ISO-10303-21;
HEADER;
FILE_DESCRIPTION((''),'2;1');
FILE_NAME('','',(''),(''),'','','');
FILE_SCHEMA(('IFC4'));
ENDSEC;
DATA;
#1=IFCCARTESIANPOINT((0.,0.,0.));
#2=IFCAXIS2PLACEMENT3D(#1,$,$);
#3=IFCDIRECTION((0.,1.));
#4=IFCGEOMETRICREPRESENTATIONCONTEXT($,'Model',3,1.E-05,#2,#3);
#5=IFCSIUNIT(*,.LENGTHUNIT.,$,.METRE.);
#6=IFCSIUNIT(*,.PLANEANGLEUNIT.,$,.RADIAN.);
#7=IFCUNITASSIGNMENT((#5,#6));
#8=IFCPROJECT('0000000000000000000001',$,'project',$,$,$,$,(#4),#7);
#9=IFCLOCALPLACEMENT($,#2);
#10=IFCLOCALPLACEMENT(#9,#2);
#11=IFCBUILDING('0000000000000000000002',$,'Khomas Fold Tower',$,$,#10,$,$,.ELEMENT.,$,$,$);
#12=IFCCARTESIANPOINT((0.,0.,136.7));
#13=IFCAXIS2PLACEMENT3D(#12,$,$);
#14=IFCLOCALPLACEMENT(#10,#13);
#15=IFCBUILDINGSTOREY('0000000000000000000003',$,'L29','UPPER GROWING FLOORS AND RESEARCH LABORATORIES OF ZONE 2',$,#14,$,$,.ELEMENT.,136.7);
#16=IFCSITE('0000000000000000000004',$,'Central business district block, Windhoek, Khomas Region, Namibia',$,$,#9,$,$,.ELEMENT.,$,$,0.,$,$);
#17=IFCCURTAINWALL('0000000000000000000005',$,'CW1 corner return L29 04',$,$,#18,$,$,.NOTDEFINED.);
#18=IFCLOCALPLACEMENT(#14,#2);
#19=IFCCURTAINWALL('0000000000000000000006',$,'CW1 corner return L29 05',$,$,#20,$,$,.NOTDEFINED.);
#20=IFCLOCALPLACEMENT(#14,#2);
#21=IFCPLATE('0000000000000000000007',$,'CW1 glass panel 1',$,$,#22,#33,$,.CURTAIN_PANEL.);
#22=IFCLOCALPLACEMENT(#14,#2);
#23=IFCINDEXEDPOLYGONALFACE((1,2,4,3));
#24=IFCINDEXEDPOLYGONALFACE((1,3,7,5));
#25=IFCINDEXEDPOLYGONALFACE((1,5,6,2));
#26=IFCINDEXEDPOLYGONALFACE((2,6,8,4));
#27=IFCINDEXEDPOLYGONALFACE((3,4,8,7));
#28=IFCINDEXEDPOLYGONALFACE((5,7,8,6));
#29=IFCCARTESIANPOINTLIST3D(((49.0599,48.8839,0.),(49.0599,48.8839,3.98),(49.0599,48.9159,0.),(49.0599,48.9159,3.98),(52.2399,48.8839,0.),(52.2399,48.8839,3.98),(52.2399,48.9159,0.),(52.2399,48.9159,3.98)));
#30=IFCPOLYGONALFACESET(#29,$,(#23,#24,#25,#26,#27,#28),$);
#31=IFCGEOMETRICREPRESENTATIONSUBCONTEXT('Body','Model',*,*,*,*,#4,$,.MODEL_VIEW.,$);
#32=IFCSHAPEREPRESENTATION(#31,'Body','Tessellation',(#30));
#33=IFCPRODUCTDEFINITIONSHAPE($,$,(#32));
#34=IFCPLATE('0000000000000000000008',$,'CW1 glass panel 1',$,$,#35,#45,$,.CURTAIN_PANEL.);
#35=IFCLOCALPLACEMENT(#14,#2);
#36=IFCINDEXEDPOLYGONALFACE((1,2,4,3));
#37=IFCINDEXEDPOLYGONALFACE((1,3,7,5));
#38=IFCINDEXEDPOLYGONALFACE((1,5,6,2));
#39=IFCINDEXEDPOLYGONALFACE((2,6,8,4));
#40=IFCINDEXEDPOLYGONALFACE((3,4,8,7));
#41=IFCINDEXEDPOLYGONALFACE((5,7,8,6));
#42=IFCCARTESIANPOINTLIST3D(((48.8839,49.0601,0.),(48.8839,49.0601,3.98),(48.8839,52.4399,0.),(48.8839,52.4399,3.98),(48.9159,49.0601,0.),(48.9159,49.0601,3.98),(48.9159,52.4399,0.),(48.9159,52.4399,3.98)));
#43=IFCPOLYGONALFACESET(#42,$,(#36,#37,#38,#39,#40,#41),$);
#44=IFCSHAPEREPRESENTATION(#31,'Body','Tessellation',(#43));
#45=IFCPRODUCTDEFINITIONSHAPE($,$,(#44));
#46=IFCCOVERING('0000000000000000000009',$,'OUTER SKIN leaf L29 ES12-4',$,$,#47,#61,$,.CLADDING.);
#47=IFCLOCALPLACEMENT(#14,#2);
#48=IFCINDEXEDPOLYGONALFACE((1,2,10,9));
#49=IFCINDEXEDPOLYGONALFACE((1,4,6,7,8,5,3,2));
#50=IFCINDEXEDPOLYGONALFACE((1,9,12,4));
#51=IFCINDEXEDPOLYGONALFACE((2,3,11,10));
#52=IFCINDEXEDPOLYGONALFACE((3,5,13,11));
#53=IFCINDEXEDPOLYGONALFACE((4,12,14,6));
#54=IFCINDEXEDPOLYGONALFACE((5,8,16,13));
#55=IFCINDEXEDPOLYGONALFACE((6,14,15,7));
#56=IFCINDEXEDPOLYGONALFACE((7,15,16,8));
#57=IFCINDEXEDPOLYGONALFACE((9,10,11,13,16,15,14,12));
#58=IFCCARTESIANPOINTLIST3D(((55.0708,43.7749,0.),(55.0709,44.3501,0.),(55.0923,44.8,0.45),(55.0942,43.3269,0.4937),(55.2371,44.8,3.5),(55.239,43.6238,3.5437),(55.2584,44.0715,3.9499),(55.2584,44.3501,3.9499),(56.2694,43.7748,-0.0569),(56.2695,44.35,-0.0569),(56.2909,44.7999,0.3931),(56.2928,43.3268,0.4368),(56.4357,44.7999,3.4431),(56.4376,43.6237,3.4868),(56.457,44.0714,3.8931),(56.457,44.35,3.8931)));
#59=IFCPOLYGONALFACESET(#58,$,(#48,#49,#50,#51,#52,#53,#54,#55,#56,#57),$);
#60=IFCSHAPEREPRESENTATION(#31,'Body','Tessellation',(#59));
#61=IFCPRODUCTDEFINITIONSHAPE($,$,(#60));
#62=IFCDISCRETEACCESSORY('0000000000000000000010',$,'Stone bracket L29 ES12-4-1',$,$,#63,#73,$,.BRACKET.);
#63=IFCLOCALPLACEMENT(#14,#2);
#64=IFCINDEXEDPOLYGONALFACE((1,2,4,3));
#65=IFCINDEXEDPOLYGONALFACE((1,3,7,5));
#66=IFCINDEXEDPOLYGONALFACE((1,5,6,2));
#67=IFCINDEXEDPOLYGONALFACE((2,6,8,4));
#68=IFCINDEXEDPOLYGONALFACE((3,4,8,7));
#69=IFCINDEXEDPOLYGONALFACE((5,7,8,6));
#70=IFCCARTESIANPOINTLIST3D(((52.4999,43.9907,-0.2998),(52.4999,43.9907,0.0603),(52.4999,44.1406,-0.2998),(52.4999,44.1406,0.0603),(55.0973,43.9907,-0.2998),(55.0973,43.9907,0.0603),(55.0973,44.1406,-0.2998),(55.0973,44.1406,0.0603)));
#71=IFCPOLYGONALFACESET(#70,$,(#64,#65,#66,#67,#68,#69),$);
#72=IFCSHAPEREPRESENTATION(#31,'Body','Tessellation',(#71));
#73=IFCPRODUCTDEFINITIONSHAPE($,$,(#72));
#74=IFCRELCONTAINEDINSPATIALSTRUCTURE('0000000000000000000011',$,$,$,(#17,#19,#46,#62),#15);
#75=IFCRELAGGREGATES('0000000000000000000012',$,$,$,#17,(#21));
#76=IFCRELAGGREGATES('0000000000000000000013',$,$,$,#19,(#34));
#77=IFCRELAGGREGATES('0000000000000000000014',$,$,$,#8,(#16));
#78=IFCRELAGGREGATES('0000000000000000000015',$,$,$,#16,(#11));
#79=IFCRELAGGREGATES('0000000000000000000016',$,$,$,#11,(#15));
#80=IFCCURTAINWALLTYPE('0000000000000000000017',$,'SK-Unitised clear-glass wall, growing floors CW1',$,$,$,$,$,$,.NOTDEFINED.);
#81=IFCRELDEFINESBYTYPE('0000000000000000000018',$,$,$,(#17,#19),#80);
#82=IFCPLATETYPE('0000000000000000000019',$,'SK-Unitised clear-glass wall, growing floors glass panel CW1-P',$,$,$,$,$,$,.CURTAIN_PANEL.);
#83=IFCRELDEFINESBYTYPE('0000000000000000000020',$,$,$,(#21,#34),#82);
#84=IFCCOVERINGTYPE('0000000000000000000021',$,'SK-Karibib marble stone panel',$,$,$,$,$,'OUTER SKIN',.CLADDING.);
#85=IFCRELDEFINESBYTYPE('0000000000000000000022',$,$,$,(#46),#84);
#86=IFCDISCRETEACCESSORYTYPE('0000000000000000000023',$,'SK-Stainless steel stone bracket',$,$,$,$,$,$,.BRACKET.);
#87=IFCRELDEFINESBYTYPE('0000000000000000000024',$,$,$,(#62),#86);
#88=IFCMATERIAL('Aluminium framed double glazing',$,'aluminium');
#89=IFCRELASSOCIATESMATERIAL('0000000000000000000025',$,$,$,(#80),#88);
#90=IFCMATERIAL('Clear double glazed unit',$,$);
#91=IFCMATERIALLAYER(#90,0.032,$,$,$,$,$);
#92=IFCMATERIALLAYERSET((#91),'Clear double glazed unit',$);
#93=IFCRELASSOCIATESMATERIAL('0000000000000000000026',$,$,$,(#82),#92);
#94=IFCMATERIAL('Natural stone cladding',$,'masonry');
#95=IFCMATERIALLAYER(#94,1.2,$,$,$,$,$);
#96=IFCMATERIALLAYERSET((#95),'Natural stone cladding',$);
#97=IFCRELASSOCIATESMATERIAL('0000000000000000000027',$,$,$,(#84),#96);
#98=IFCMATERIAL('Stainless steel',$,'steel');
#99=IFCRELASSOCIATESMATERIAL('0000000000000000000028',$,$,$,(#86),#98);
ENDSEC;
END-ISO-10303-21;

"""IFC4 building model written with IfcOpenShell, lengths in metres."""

from ifc_helpers import new_model, si_unit, direction, frame, origin, origin_2d, place, context, subcontext, project, spatial, polyline, rectangle, outline, extrude, source, transform, mapped, material, layer, layer_set, type_object, element, aggregate, save


model = new_model("IFC4")

# Units and contexts
model_context = context("Model", 3, precision=1e-05, world=origin(), true_north=direction((0.0, 1.0)))
body_context = subcontext(model_context, "Body", "Model", "MODEL_VIEW")
ifc_project = project(units=[si_unit("LENGTHUNIT", "METRE"), si_unit("PLANEANGLEUNIT", "RADIAN")], contexts=[model_context])

# Site, building, storey
site_placement = place(None, origin())
site = spatial("IfcSite", under=ifc_project, at=site_placement, Name="Central business district block, Windhoek, Khomas Region, Namibia", CompositionType="ELEMENT", RefElevation=0.0)
building_placement = place(site_placement, origin())
building = spatial("IfcBuilding", under=site, at=building_placement, Name="Khomas Fold Tower", CompositionType="ELEMENT")
storey_placement = place(building_placement, frame((0.0, 0.0, 136.7)))
storey = spatial("IfcBuildingStorey", under=building, at=storey_placement, Name="L29", Description="UPPER GROWING FLOORS AND RESEARCH LABORATORIES OF ZONE 2", CompositionType="ELEMENT", Elevation=136.7)

# Curtain walls
ifc_material_1 = material(Name="Aluminium framed double glazing", Category="aluminium")
curtain_wall_type = type_object("IfcCurtainWallType", Name="SK-Unitised clear-glass wall, growing floors CW1", PredefinedType="NOTDEFINED", material=ifc_material_1)
curtain_wall_1_placement = place(storey_placement, origin())
curtain_wall_1 = element("IfcCurtainWall", 1, at=curtain_wall_1_placement, inside=storey, type_object=curtain_wall_type, Name="CW1 corner return L29 04", PredefinedType="NOTDEFINED")
curtain_wall_2_placement = place(storey_placement, origin())
curtain_wall_2 = element("IfcCurtainWall", 2, at=curtain_wall_2_placement, inside=storey, type_object=curtain_wall_type, Name="CW1 corner return L29 05", PredefinedType="NOTDEFINED")

# Plates
ifc_material_2 = material(Name="Clear double glazed unit")
ifc_layer_1 = layer(ifc_material_2, 0.032)
ifc_layer_set_1 = layer_set([ifc_layer_1], Name="Clear double glazed unit")
plate_type = type_object("IfcPlateType", Name="SK-Unitised clear-glass wall, growing floors glass panel CW1-P", PredefinedType="CURTAIN_PANEL", material=ifc_layer_set_1)
shared_shape_1 = source(origin(), body_context, "Body", "SweptSolid", [
    extrude(rectangle(XDim=3.1799, YDim=0.032, at=origin_2d()), origin(), (0.0, 0.0, 1.0), 3.98),
])
plate_1_placement = place(storey_placement, frame((50.6499, 48.8999, 0.0), z_axis=(0.0, 0.0, 1.0), x_axis=(-1.0, 0.0, 0.0)))
plate_1 = element("IfcPlate", 3, at=plate_1_placement, type_object=plate_type, Name="CW1 glass panel 1", PredefinedType="CURTAIN_PANEL", context=body_context, shape_type="MappedRepresentation", body=[
    mapped(shared_shape_1, transform((0.0, 0.0, 0.0))),
])
aggregate(curtain_wall_1, [plate_1])
shared_shape_2 = source(origin(), body_context, "Body", "SweptSolid", [
    extrude(rectangle(XDim=3.3799, YDim=0.032, at=origin_2d()), origin(), (0.0, 0.0, 1.0), 3.98),
])
plate_2_placement = place(storey_placement, frame((48.8999, 50.75, 0.0), z_axis=(0.0, 0.0, 1.0), x_axis=(0.0, 1.0, 0.0)))
plate_2 = element("IfcPlate", 4, at=plate_2_placement, type_object=plate_type, Name="CW1 glass panel 1", PredefinedType="CURTAIN_PANEL", context=body_context, shape_type="MappedRepresentation", body=[
    mapped(shared_shape_2, transform((0.0, 0.0, 0.0))),
])
aggregate(curtain_wall_2, [plate_2])

# Covering
ifc_material_3 = material(Name="Natural stone cladding", Category="masonry")
ifc_layer_2 = layer(ifc_material_3, 1.2)
ifc_layer_set_2 = layer_set([ifc_layer_2], Name="Natural stone cladding")
covering_type = type_object("IfcCoveringType", Name="SK-Karibib marble stone panel", ElementType="OUTER SKIN", PredefinedType="CLADDING", material=ifc_layer_set_2)
covering_placement = place(storey_placement, frame((55.0942, 43.3269, 0.4937), z_axis=(-0.998875, 0.000088, 0.047415), x_axis=(0.047201, 0.096769, 0.994187)))
element("IfcCovering", 5, at=covering_placement, inside=storey, type_object=covering_type, Name="OUTER SKIN leaf L29 ES12-4", PredefinedType="CLADDING", context=body_context, shape_type="SweptSolid", body=[
    extrude(outline(polyline([(0.0, 0.0), (3.0679, 0.0), (3.516, 0.4063), (3.543, 0.6836), (3.1382, 1.175), (0.099, 1.4705), (-0.3929, 1.0662), (-0.4485, 0.4937), (0.0, 0.0)])), origin(), (0.0, 0.0, -1.0), 1.2),
])

# Discrete accessory
ifc_material_4 = material(Name="Stainless steel", Category="steel")
discrete_accessory_type = type_object("IfcDiscreteAccessoryType", Name="SK-Stainless steel stone bracket", PredefinedType="BRACKET", material=ifc_material_4)
shared_shape_3 = source(origin(), body_context, "Body", "SweptSolid", [
    extrude(rectangle(XDim=2.5974, YDim=0.1499, at=origin_2d()), origin(), (0.0, 0.0, 1.0), 0.3601),
])
discrete_accessory_placement = place(storey_placement, frame((53.7986, 44.0657, -0.2998), z_axis=(0.0, 0.0, 1.0), x_axis=(1.0, 0.0, 0.0)))
element("IfcDiscreteAccessory", 6, at=discrete_accessory_placement, inside=storey, type_object=discrete_accessory_type, Name="Stone bracket L29 ES12-4-1", PredefinedType="BRACKET", context=body_context, shape_type="MappedRepresentation", body=[
    mapped(shared_shape_3, transform((0.0, 0.0, 0.0))),
])

save(model, "model.ifc")
